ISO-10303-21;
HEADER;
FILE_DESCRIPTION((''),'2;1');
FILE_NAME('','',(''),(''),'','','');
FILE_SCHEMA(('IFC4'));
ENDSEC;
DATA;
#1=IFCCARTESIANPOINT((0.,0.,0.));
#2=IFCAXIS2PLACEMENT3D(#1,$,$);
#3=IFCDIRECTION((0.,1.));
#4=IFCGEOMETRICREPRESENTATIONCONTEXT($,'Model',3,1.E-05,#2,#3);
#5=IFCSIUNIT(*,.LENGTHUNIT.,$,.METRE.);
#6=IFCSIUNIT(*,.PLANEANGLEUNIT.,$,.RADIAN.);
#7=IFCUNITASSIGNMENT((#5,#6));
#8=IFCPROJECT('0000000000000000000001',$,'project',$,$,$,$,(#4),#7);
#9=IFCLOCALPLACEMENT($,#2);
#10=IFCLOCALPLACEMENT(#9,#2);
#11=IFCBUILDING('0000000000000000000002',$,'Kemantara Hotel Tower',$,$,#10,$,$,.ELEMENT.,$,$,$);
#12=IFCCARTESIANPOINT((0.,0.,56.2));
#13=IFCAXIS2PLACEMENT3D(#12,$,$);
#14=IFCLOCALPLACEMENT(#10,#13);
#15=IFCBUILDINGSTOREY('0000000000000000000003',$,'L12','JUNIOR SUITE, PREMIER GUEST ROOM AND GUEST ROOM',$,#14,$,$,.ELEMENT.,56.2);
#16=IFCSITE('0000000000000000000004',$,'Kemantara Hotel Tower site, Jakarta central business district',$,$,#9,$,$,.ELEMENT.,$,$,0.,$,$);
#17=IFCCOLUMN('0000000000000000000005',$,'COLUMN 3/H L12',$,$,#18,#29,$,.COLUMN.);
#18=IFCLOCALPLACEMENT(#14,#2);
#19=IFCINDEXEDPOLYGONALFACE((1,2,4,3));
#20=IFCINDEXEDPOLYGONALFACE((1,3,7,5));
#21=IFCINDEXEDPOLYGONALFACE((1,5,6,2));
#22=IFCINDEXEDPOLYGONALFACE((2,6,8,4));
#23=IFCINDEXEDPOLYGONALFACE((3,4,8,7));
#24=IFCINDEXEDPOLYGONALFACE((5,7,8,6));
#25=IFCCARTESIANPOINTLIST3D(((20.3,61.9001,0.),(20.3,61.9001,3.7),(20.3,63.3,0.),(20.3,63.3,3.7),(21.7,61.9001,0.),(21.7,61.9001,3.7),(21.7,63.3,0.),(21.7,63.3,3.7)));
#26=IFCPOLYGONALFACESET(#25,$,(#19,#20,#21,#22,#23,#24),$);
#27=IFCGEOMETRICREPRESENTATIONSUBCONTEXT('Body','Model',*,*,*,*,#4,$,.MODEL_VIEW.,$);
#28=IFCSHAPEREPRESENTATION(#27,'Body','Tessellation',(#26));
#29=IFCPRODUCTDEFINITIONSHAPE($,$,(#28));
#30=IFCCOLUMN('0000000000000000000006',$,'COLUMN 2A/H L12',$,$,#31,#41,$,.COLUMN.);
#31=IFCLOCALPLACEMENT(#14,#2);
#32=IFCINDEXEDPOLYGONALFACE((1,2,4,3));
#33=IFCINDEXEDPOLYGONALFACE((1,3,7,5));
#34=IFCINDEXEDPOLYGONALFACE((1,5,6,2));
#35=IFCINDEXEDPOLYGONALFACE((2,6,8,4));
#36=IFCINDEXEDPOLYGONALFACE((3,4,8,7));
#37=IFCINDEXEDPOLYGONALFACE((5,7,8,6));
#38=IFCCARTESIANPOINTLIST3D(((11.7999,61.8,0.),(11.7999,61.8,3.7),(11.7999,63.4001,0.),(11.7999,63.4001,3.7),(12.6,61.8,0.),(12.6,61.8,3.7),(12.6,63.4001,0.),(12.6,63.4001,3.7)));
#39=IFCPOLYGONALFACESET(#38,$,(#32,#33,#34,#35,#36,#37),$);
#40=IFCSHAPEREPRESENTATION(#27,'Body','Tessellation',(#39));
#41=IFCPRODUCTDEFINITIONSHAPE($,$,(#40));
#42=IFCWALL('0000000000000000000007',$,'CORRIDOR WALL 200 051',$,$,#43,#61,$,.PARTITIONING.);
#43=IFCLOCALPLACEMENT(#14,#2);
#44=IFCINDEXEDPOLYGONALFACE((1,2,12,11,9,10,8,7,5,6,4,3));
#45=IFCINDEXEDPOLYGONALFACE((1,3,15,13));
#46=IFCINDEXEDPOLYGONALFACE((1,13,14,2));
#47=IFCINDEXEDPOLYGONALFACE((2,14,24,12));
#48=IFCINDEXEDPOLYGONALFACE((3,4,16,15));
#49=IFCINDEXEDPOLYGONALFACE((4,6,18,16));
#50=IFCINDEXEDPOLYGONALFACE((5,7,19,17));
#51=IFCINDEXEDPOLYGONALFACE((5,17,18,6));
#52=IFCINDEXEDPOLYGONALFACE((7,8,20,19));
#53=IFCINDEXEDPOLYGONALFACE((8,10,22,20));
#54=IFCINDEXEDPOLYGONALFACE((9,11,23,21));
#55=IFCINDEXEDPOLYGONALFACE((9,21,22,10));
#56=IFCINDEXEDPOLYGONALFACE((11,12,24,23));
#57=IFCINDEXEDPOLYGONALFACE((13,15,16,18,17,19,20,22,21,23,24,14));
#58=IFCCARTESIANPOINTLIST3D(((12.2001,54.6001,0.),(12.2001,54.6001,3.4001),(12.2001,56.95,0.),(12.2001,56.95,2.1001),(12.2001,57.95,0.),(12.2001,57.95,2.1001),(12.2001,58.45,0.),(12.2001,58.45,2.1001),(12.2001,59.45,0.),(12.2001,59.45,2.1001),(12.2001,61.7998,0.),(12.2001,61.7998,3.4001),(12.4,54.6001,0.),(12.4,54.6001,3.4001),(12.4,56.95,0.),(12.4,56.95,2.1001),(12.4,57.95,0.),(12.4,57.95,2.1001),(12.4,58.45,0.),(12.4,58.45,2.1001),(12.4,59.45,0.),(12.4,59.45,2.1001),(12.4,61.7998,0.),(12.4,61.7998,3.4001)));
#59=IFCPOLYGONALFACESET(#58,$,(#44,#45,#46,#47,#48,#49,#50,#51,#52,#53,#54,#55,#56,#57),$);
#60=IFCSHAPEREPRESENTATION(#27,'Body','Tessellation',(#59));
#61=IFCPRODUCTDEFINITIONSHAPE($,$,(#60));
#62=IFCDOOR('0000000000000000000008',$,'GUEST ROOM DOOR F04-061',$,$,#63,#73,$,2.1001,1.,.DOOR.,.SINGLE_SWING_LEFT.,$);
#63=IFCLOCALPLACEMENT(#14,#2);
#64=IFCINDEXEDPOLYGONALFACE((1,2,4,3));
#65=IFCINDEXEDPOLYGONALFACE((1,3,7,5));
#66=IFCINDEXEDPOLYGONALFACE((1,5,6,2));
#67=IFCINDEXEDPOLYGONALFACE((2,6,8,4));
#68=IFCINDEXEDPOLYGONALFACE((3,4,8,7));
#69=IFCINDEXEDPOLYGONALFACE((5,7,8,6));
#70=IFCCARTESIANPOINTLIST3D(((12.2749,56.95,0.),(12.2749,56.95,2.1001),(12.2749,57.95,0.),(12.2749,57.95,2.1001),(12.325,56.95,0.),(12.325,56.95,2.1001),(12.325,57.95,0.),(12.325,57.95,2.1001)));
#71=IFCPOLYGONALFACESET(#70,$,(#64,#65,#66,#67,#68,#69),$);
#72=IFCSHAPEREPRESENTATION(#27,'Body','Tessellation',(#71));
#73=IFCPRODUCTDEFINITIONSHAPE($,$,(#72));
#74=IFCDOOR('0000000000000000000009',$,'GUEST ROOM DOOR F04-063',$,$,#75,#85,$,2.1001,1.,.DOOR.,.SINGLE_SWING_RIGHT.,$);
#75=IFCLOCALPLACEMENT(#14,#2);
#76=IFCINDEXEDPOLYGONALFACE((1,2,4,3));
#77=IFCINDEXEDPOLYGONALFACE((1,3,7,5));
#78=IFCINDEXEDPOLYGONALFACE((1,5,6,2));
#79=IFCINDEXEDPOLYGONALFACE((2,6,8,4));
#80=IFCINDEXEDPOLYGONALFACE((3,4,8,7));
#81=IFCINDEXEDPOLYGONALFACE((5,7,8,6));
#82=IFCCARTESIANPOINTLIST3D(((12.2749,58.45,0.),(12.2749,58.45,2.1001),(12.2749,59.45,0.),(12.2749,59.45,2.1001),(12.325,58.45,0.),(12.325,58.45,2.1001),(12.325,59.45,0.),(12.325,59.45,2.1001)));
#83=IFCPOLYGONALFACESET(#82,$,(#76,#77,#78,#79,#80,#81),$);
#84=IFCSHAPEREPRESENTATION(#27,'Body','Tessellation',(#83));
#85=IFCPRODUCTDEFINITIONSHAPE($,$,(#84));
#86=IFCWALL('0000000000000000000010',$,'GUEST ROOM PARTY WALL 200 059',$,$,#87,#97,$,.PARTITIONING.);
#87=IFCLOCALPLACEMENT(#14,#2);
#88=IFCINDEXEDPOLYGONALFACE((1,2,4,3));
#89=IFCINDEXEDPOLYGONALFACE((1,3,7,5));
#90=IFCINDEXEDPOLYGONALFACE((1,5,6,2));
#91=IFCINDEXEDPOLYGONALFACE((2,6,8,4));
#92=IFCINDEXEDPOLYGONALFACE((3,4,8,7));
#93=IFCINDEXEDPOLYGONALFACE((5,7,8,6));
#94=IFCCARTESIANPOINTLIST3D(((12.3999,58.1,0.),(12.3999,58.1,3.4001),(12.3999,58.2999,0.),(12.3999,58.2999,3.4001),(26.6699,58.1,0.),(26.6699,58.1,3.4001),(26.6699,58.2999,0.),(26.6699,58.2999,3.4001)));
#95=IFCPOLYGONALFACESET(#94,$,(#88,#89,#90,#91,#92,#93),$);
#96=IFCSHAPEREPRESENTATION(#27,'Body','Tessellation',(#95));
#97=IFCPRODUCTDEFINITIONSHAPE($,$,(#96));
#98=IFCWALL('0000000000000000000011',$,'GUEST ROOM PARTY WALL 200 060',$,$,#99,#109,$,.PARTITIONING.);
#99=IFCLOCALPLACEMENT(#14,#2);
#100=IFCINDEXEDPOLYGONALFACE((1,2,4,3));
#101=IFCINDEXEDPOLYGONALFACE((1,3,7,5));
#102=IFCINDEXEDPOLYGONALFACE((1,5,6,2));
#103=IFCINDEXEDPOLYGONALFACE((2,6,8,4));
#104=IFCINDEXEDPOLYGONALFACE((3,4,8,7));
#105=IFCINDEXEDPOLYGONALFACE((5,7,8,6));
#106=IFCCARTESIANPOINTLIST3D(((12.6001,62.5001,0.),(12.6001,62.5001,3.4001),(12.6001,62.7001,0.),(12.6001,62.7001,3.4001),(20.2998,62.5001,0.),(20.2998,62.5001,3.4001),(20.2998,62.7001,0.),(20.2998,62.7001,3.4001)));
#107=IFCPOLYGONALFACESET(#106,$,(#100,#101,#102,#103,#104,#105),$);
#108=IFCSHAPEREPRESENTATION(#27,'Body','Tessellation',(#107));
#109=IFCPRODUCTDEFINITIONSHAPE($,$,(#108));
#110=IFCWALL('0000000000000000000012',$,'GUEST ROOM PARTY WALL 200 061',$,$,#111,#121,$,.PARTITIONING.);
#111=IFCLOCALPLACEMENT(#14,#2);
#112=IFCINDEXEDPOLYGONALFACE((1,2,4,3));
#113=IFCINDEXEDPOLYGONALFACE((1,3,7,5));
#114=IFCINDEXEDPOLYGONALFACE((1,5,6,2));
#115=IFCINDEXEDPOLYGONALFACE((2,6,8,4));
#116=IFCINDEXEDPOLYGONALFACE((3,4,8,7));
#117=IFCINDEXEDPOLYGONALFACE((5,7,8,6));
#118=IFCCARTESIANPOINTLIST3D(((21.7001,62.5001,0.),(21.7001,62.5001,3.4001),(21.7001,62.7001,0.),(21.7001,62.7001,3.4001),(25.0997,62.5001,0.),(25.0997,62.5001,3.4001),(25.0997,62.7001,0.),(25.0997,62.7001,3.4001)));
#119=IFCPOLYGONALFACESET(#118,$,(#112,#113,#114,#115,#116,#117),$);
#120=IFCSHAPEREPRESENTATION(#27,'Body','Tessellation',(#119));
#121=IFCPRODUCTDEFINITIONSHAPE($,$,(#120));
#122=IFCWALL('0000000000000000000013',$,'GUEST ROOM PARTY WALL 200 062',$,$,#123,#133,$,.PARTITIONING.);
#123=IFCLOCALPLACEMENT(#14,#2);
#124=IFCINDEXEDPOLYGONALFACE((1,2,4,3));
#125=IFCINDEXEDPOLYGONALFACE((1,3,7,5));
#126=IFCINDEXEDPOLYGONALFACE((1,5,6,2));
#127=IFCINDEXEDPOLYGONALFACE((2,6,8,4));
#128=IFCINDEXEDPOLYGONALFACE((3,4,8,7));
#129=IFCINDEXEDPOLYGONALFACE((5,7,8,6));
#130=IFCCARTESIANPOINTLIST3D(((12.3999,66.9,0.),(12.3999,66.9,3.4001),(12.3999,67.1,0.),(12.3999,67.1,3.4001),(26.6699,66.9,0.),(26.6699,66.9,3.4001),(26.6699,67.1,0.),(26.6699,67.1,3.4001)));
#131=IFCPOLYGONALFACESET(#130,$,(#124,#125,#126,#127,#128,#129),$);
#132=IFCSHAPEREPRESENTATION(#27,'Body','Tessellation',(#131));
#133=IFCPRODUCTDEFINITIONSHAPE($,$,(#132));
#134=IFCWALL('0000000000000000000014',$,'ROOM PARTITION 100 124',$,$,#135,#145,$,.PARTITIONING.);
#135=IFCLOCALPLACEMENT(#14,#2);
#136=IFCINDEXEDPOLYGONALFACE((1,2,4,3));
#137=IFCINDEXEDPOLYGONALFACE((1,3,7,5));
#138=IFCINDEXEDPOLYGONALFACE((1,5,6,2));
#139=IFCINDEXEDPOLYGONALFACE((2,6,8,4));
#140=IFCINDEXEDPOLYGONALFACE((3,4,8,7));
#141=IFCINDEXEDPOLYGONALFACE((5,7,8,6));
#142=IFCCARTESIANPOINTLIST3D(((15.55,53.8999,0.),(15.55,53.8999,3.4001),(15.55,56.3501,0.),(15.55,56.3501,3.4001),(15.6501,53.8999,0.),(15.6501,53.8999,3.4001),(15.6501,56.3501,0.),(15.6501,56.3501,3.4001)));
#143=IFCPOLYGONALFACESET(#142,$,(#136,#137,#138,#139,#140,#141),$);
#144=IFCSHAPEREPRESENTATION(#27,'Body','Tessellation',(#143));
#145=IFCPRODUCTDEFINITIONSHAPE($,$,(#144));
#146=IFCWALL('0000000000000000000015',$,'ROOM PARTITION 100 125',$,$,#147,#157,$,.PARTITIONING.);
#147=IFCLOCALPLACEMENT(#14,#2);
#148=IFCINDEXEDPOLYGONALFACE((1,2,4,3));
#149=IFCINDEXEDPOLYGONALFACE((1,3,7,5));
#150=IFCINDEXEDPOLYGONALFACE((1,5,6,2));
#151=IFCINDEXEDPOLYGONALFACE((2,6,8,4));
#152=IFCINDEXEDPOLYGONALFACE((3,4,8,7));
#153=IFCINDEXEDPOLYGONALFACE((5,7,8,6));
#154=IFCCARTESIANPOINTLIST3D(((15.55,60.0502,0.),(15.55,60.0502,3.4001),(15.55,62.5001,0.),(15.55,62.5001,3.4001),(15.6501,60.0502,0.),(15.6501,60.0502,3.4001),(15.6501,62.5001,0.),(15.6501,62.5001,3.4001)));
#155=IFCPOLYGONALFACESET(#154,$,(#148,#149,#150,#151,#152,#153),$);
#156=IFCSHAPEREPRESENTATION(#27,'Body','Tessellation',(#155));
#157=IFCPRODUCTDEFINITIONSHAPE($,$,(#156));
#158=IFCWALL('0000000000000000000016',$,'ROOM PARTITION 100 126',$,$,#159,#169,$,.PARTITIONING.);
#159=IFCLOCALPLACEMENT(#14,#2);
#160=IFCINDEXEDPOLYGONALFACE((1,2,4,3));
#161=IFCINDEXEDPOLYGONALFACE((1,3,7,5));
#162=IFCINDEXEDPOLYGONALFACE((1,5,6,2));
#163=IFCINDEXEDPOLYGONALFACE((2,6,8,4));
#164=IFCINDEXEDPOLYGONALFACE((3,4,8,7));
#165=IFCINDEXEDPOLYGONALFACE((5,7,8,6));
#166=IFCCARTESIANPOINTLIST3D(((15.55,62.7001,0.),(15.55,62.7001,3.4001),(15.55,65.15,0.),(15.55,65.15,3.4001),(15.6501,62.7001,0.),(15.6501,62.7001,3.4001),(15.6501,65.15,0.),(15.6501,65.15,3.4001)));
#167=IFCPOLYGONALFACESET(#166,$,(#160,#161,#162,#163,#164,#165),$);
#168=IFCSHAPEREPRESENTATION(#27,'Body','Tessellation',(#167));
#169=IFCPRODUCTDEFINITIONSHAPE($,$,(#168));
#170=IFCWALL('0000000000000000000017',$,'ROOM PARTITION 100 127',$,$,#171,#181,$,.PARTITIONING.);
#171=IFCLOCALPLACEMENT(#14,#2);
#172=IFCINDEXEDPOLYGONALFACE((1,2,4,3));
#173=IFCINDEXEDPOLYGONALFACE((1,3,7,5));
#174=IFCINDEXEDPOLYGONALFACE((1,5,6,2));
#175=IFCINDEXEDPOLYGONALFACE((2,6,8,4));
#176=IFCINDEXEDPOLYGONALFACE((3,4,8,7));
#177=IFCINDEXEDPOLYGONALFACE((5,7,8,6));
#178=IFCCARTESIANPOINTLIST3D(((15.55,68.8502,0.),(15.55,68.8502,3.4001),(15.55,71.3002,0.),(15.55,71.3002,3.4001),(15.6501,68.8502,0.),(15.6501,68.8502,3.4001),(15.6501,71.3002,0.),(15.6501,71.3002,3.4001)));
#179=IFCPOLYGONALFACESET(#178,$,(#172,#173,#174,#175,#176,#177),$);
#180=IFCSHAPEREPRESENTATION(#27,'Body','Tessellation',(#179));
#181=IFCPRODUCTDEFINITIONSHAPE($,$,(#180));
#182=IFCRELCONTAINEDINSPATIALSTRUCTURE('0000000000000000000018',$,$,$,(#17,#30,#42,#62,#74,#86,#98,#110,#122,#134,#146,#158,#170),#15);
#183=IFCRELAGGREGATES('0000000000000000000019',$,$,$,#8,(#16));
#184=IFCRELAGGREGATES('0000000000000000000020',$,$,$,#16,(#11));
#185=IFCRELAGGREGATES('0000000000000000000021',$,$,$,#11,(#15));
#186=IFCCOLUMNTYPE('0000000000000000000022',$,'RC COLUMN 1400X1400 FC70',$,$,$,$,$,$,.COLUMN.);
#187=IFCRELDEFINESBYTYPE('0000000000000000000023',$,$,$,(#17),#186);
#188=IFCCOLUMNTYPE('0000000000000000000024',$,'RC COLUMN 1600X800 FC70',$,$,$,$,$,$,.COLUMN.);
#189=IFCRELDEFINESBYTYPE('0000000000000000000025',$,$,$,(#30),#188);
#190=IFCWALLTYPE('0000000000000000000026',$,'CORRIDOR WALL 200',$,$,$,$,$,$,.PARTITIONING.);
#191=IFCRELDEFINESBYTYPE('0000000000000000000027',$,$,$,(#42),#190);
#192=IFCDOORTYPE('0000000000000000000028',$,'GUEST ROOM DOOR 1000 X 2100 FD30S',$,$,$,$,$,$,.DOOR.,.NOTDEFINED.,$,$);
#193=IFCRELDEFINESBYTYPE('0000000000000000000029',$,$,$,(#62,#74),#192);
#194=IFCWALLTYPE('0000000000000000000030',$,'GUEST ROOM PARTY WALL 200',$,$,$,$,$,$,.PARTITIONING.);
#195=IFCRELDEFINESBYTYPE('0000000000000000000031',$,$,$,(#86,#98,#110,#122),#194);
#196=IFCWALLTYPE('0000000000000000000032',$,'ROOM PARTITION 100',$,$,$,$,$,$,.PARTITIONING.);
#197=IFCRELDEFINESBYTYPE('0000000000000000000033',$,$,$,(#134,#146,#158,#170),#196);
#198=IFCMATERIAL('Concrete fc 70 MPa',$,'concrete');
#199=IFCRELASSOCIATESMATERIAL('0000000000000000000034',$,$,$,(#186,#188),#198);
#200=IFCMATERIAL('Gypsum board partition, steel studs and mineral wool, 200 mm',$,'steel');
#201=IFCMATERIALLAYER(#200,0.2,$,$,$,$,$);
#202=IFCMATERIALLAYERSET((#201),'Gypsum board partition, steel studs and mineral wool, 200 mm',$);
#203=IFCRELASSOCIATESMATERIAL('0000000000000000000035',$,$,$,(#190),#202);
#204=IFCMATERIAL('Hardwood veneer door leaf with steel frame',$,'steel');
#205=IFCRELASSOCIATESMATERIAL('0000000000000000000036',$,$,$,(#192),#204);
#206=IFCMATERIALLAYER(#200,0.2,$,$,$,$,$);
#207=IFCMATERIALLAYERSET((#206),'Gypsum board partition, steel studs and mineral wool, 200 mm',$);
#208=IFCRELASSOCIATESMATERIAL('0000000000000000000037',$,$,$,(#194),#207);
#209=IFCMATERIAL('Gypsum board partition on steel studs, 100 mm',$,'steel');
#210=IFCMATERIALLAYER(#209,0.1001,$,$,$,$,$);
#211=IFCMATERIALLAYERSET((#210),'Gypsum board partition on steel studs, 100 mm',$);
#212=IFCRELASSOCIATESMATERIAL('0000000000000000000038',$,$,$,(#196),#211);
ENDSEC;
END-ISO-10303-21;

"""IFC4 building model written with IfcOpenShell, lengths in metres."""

from ifc_helpers import new_model, si_unit, direction, frame, frame_2d, origin, origin_2d, place, context, subcontext, project, spatial, rectangle, extrude, material, layer, layer_set, material_profile, profile_set, type_object, element, fill, save


model = new_model("IFC4")

# Units and contexts
model_context = context("Model", 3, precision=1e-05, world=origin(), true_north=direction((0.0, 1.0)))
body_context = subcontext(model_context, "Body", "Model", "MODEL_VIEW")
ifc_project = project(units=[si_unit("LENGTHUNIT", "METRE"), si_unit("PLANEANGLEUNIT", "RADIAN")], contexts=[model_context])

# Site, building, storey
site_placement = place(None, origin())
site = spatial("IfcSite", under=ifc_project, at=site_placement, Name="Kemantara Hotel Tower site, Jakarta central business district", CompositionType="ELEMENT", RefElevation=0.0)
building_placement = place(site_placement, origin())
building = spatial("IfcBuilding", under=site, at=building_placement, Name="Kemantara Hotel Tower", CompositionType="ELEMENT")
storey_placement = place(building_placement, frame((0.0, 0.0, 56.2)))
storey = spatial("IfcBuildingStorey", under=building, at=storey_placement, Name="L12", Description="JUNIOR SUITE, PREMIER GUEST ROOM AND GUEST ROOM", CompositionType="ELEMENT", Elevation=56.2)

# Columns
ifc_material_1 = material(Name="Concrete fc 70 MPa", Category="concrete")
ifc_material_profile_1 = material_profile(ifc_material_1, rectangle(XDim=1.3999, YDim=1.3999, at=origin_2d()), Name="RC 1400X1400")
ifc_profile_set_1 = profile_set([ifc_material_profile_1], Name="Concrete fc 70 MPa")
column_type_1 = type_object("IfcColumnType", Name="RC COLUMN 1400X1400 FC70", PredefinedType="COLUMN", material=ifc_profile_set_1)
column_1_placement = place(storey_placement, frame((21.0, 62.6001, 0.0), z_axis=(0.0, 0.0, 1.0), x_axis=(1.0, 0.0, 0.0)))
element("IfcColumn", 1, at=column_1_placement, inside=storey, type_object=column_type_1, Name="COLUMN 3/H L12", PredefinedType="COLUMN", context=body_context, shape_type="SweptSolid", body=[
    extrude(rectangle(XDim=1.3999, YDim=1.3999, at=origin_2d()), origin(), (0.0, 0.0, 1.0), 3.7),
])
ifc_material_profile_2 = material_profile(ifc_material_1, rectangle(XDim=1.6001, YDim=0.8, at=origin_2d()), Name="RC 1600X800")
ifc_profile_set_2 = profile_set([ifc_material_profile_2], Name="Concrete fc 70 MPa")
column_type_2 = type_object("IfcColumnType", Name="RC COLUMN 1600X800 FC70", PredefinedType="COLUMN", material=ifc_profile_set_2)
column_2_placement = place(storey_placement, frame((12.2, 62.6001, 0.0), z_axis=(0.0, 0.0, 1.0), x_axis=(0.0, 1.0, 0.0)))
element("IfcColumn", 2, at=column_2_placement, inside=storey, type_object=column_type_2, Name="COLUMN 2A/H L12", PredefinedType="COLUMN", context=body_context, shape_type="SweptSolid", body=[
    extrude(rectangle(XDim=1.6001, YDim=0.8, at=origin_2d()), origin(), (0.0, 0.0, 1.0), 3.7),
])

# Wall, openings, doors
ifc_material_2 = material(Name="Gypsum board partition, steel studs and mineral wool, 200 mm", Category="steel")
ifc_layer_1 = layer(ifc_material_2, 0.2)
ifc_layer_set_1 = layer_set([ifc_layer_1], Name="Gypsum board partition, steel studs and mineral wool, 200 mm")
wall_type_1 = type_object("IfcWallType", Name="CORRIDOR WALL 200", PredefinedType="PARTITIONING", material=ifc_layer_set_1)
wall_1_placement = place(storey_placement, frame((12.3, 61.7998, 0.0), z_axis=(0.0, 0.0, 1.0), x_axis=(0.0, -1.0, 0.0)))
wall_1 = element("IfcWall", 3, at=wall_1_placement, inside=storey, type_object=wall_type_1, Name="CORRIDOR WALL 200 051", PredefinedType="PARTITIONING", context=body_context, shape_type="SweptSolid", body=[
    extrude(rectangle(XDim=7.1997, YDim=0.2, at=frame_2d((3.5999, 0.0))), origin(), (0.0, 0.0, 1.0), 3.4001),
])
opening_1_placement = place(wall_1_placement, frame((3.8499, 0.0, 0.0)))
opening_1 = element("IfcOpeningElement", 4, at=opening_1_placement, cuts=wall_1, PredefinedType="OPENING", context=body_context, shape_type="SweptSolid", body=[
    extrude(rectangle(XDim=1.0, YDim=2.1001, at=frame_2d((0.5, 1.05))), frame((0.0, 0.1099, 0.0), z_axis=(0.0, -1.0, 0.0), x_axis=(1.0, 0.0, 0.0)), (0.0, 0.0, 1.0), 0.22),
])
opening_2_placement = place(wall_1_placement, frame((2.3499, 0.0, 0.0)))
opening_2 = element("IfcOpeningElement", 5, at=opening_2_placement, cuts=wall_1, PredefinedType="OPENING", context=body_context, shape_type="SweptSolid", body=[
    extrude(rectangle(XDim=1.0, YDim=2.1001, at=frame_2d((0.5, 1.05))), frame((0.0, 0.1099, 0.0), z_axis=(0.0, -1.0, 0.0), x_axis=(1.0, 0.0, 0.0)), (0.0, 0.0, 1.0), 0.22),
])
ifc_material_3 = material(Name="Hardwood veneer door leaf with steel frame", Category="steel")
door_type_1 = type_object("IfcDoorType", Name="GUEST ROOM DOOR 1000 X 2100 FD30S", OperationType="NOTDEFINED", PredefinedType="DOOR", material=ifc_material_3)
door_1_placement = place(opening_1_placement, origin())
door_1 = element("IfcDoor", 6, at=door_1_placement, inside=storey, type_object=door_type_1, Name="GUEST ROOM DOOR F04-061", OperationType="SINGLE_SWING_LEFT", OverallHeight=2.1001, OverallWidth=1.0, PredefinedType="DOOR", context=body_context, shape_type="SweptSolid", body=[
    extrude(rectangle(XDim=1.0, YDim=2.1001, at=frame_2d((0.5, 1.05))), frame((0.0, 0.0249, 0.0), z_axis=(0.0, -1.0, 0.0), x_axis=(1.0, 0.0, 0.0)), (0.0, 0.0, 1.0), 0.05),
])
fill(opening_1, door_1)
door_2_placement = place(opening_2_placement, origin())
door_2 = element("IfcDoor", 7, at=door_2_placement, inside=storey, type_object=door_type_1, Name="GUEST ROOM DOOR F04-063", OperationType="SINGLE_SWING_RIGHT", OverallHeight=2.1001, OverallWidth=1.0, PredefinedType="DOOR", context=body_context, shape_type="SweptSolid", body=[
    extrude(rectangle(XDim=1.0, YDim=2.1001, at=frame_2d((0.5, 1.05))), frame((0.0, 0.0249, 0.0), z_axis=(0.0, -1.0, 0.0), x_axis=(1.0, 0.0, 0.0)), (0.0, 0.0, 1.0), 0.05),
])
fill(opening_2, door_2)

# Walls
ifc_layer_2 = layer(ifc_material_2, 0.2)
ifc_layer_set_2 = layer_set([ifc_layer_2], Name="Gypsum board partition, steel studs and mineral wool, 200 mm")
wall_type_2 = type_object("IfcWallType", Name="GUEST ROOM PARTY WALL 200", PredefinedType="PARTITIONING", material=ifc_layer_set_2)
wall_2_placement = place(storey_placement, frame((12.3999, 58.2, 0.0), z_axis=(0.0, 0.0, 1.0), x_axis=(1.0, 0.0, 0.0)))
element("IfcWall", 8, at=wall_2_placement, inside=storey, type_object=wall_type_2, Name="GUEST ROOM PARTY WALL 200 059", PredefinedType="PARTITIONING", context=body_context, shape_type="SweptSolid", body=[
    extrude(rectangle(XDim=14.27, YDim=0.2, at=frame_2d((7.135, 0.0))), origin(), (0.0, 0.0, 1.0), 3.4001),
])
wall_3_placement = place(storey_placement, frame((12.6001, 62.6001, 0.0), z_axis=(0.0, 0.0, 1.0), x_axis=(1.0, 0.0, 0.0)))
element("IfcWall", 9, at=wall_3_placement, inside=storey, type_object=wall_type_2, Name="GUEST ROOM PARTY WALL 200 060", PredefinedType="PARTITIONING", context=body_context, shape_type="SweptSolid", body=[
    extrude(rectangle(XDim=7.6997, YDim=0.2, at=frame_2d((3.8499, 0.0))), origin(), (0.0, 0.0, 1.0), 3.4001),
])
wall_4_placement = place(storey_placement, frame((21.7002, 62.6001, 0.0), z_axis=(0.0, 0.0, 1.0), x_axis=(1.0, 0.0, 0.0)))
element("IfcWall", 10, at=wall_4_placement, inside=storey, type_object=wall_type_2, Name="GUEST ROOM PARTY WALL 200 061", PredefinedType="PARTITIONING", context=body_context, shape_type="SweptSolid", body=[
    extrude(rectangle(XDim=3.3997, YDim=0.2, at=frame_2d((1.6997, 0.0))), origin(), (0.0, 0.0, 1.0), 3.4001),
])
wall_5_placement = place(storey_placement, frame((12.3999, 67.0, 0.0), z_axis=(0.0, 0.0, 1.0), x_axis=(1.0, 0.0, 0.0)))
element("IfcWall", 11, at=wall_5_placement, inside=storey, type_object=wall_type_2, Name="GUEST ROOM PARTY WALL 200 062", PredefinedType="PARTITIONING", context=body_context, shape_type="SweptSolid", body=[
    extrude(rectangle(XDim=14.27, YDim=0.2, at=frame_2d((7.135, 0.0))), origin(), (0.0, 0.0, 1.0), 3.4001),
])
ifc_material_4 = material(Name="Gypsum board partition on steel studs, 100 mm", Category="steel")
ifc_layer_3 = layer(ifc_material_4, 0.1001)
ifc_layer_set_3 = layer_set([ifc_layer_3], Name="Gypsum board partition on steel studs, 100 mm")
wall_type_3 = type_object("IfcWallType", Name="ROOM PARTITION 100", PredefinedType="PARTITIONING", material=ifc_layer_set_3)
wall_6_placement = place(storey_placement, frame((15.6001, 53.8999, 0.0), z_axis=(0.0, 0.0, 1.0), x_axis=(0.0, 1.0, 0.0)))
element("IfcWall", 12, at=wall_6_placement, inside=storey, type_object=wall_type_3, Name="ROOM PARTITION 100 124", PredefinedType="PARTITIONING", context=body_context, shape_type="SweptSolid", body=[
    extrude(rectangle(XDim=2.4502, YDim=0.1001, at=frame_2d((1.2251, 0.0))), origin(), (0.0, 0.0, 1.0), 3.4001),
])
for number, where, z_axis, x_axis, name in (
    (13, (15.6001, 60.05, 0.0), (0.0, 0.0, 1.0), (0.0, 1.0, 0.0), "ROOM PARTITION 100 125"),
    (14, (15.6001, 62.7, 0.0), (0.0, 0.0, 1.0), (0.0, 1.0, 0.0), "ROOM PARTITION 100 126"),
    (15, (15.6001, 68.8501, 0.0), (0.0, 0.0, 1.0), (0.0, 1.0, 0.0), "ROOM PARTITION 100 127"),
):
    element("IfcWall", number, at=place(storey_placement, frame(where, z_axis=z_axis, x_axis=x_axis)), inside=storey, type_object=wall_type_3, Name=name, PredefinedType="PARTITIONING", context=body_context, shape_type="SweptSolid", body=[
        extrude(rectangle(XDim=2.45, YDim=0.1001, at=frame_2d((1.2251, 0.0))), origin(), (0.0, 0.0, 1.0), 3.4001),
    ])

save(model, "model.ifc")
